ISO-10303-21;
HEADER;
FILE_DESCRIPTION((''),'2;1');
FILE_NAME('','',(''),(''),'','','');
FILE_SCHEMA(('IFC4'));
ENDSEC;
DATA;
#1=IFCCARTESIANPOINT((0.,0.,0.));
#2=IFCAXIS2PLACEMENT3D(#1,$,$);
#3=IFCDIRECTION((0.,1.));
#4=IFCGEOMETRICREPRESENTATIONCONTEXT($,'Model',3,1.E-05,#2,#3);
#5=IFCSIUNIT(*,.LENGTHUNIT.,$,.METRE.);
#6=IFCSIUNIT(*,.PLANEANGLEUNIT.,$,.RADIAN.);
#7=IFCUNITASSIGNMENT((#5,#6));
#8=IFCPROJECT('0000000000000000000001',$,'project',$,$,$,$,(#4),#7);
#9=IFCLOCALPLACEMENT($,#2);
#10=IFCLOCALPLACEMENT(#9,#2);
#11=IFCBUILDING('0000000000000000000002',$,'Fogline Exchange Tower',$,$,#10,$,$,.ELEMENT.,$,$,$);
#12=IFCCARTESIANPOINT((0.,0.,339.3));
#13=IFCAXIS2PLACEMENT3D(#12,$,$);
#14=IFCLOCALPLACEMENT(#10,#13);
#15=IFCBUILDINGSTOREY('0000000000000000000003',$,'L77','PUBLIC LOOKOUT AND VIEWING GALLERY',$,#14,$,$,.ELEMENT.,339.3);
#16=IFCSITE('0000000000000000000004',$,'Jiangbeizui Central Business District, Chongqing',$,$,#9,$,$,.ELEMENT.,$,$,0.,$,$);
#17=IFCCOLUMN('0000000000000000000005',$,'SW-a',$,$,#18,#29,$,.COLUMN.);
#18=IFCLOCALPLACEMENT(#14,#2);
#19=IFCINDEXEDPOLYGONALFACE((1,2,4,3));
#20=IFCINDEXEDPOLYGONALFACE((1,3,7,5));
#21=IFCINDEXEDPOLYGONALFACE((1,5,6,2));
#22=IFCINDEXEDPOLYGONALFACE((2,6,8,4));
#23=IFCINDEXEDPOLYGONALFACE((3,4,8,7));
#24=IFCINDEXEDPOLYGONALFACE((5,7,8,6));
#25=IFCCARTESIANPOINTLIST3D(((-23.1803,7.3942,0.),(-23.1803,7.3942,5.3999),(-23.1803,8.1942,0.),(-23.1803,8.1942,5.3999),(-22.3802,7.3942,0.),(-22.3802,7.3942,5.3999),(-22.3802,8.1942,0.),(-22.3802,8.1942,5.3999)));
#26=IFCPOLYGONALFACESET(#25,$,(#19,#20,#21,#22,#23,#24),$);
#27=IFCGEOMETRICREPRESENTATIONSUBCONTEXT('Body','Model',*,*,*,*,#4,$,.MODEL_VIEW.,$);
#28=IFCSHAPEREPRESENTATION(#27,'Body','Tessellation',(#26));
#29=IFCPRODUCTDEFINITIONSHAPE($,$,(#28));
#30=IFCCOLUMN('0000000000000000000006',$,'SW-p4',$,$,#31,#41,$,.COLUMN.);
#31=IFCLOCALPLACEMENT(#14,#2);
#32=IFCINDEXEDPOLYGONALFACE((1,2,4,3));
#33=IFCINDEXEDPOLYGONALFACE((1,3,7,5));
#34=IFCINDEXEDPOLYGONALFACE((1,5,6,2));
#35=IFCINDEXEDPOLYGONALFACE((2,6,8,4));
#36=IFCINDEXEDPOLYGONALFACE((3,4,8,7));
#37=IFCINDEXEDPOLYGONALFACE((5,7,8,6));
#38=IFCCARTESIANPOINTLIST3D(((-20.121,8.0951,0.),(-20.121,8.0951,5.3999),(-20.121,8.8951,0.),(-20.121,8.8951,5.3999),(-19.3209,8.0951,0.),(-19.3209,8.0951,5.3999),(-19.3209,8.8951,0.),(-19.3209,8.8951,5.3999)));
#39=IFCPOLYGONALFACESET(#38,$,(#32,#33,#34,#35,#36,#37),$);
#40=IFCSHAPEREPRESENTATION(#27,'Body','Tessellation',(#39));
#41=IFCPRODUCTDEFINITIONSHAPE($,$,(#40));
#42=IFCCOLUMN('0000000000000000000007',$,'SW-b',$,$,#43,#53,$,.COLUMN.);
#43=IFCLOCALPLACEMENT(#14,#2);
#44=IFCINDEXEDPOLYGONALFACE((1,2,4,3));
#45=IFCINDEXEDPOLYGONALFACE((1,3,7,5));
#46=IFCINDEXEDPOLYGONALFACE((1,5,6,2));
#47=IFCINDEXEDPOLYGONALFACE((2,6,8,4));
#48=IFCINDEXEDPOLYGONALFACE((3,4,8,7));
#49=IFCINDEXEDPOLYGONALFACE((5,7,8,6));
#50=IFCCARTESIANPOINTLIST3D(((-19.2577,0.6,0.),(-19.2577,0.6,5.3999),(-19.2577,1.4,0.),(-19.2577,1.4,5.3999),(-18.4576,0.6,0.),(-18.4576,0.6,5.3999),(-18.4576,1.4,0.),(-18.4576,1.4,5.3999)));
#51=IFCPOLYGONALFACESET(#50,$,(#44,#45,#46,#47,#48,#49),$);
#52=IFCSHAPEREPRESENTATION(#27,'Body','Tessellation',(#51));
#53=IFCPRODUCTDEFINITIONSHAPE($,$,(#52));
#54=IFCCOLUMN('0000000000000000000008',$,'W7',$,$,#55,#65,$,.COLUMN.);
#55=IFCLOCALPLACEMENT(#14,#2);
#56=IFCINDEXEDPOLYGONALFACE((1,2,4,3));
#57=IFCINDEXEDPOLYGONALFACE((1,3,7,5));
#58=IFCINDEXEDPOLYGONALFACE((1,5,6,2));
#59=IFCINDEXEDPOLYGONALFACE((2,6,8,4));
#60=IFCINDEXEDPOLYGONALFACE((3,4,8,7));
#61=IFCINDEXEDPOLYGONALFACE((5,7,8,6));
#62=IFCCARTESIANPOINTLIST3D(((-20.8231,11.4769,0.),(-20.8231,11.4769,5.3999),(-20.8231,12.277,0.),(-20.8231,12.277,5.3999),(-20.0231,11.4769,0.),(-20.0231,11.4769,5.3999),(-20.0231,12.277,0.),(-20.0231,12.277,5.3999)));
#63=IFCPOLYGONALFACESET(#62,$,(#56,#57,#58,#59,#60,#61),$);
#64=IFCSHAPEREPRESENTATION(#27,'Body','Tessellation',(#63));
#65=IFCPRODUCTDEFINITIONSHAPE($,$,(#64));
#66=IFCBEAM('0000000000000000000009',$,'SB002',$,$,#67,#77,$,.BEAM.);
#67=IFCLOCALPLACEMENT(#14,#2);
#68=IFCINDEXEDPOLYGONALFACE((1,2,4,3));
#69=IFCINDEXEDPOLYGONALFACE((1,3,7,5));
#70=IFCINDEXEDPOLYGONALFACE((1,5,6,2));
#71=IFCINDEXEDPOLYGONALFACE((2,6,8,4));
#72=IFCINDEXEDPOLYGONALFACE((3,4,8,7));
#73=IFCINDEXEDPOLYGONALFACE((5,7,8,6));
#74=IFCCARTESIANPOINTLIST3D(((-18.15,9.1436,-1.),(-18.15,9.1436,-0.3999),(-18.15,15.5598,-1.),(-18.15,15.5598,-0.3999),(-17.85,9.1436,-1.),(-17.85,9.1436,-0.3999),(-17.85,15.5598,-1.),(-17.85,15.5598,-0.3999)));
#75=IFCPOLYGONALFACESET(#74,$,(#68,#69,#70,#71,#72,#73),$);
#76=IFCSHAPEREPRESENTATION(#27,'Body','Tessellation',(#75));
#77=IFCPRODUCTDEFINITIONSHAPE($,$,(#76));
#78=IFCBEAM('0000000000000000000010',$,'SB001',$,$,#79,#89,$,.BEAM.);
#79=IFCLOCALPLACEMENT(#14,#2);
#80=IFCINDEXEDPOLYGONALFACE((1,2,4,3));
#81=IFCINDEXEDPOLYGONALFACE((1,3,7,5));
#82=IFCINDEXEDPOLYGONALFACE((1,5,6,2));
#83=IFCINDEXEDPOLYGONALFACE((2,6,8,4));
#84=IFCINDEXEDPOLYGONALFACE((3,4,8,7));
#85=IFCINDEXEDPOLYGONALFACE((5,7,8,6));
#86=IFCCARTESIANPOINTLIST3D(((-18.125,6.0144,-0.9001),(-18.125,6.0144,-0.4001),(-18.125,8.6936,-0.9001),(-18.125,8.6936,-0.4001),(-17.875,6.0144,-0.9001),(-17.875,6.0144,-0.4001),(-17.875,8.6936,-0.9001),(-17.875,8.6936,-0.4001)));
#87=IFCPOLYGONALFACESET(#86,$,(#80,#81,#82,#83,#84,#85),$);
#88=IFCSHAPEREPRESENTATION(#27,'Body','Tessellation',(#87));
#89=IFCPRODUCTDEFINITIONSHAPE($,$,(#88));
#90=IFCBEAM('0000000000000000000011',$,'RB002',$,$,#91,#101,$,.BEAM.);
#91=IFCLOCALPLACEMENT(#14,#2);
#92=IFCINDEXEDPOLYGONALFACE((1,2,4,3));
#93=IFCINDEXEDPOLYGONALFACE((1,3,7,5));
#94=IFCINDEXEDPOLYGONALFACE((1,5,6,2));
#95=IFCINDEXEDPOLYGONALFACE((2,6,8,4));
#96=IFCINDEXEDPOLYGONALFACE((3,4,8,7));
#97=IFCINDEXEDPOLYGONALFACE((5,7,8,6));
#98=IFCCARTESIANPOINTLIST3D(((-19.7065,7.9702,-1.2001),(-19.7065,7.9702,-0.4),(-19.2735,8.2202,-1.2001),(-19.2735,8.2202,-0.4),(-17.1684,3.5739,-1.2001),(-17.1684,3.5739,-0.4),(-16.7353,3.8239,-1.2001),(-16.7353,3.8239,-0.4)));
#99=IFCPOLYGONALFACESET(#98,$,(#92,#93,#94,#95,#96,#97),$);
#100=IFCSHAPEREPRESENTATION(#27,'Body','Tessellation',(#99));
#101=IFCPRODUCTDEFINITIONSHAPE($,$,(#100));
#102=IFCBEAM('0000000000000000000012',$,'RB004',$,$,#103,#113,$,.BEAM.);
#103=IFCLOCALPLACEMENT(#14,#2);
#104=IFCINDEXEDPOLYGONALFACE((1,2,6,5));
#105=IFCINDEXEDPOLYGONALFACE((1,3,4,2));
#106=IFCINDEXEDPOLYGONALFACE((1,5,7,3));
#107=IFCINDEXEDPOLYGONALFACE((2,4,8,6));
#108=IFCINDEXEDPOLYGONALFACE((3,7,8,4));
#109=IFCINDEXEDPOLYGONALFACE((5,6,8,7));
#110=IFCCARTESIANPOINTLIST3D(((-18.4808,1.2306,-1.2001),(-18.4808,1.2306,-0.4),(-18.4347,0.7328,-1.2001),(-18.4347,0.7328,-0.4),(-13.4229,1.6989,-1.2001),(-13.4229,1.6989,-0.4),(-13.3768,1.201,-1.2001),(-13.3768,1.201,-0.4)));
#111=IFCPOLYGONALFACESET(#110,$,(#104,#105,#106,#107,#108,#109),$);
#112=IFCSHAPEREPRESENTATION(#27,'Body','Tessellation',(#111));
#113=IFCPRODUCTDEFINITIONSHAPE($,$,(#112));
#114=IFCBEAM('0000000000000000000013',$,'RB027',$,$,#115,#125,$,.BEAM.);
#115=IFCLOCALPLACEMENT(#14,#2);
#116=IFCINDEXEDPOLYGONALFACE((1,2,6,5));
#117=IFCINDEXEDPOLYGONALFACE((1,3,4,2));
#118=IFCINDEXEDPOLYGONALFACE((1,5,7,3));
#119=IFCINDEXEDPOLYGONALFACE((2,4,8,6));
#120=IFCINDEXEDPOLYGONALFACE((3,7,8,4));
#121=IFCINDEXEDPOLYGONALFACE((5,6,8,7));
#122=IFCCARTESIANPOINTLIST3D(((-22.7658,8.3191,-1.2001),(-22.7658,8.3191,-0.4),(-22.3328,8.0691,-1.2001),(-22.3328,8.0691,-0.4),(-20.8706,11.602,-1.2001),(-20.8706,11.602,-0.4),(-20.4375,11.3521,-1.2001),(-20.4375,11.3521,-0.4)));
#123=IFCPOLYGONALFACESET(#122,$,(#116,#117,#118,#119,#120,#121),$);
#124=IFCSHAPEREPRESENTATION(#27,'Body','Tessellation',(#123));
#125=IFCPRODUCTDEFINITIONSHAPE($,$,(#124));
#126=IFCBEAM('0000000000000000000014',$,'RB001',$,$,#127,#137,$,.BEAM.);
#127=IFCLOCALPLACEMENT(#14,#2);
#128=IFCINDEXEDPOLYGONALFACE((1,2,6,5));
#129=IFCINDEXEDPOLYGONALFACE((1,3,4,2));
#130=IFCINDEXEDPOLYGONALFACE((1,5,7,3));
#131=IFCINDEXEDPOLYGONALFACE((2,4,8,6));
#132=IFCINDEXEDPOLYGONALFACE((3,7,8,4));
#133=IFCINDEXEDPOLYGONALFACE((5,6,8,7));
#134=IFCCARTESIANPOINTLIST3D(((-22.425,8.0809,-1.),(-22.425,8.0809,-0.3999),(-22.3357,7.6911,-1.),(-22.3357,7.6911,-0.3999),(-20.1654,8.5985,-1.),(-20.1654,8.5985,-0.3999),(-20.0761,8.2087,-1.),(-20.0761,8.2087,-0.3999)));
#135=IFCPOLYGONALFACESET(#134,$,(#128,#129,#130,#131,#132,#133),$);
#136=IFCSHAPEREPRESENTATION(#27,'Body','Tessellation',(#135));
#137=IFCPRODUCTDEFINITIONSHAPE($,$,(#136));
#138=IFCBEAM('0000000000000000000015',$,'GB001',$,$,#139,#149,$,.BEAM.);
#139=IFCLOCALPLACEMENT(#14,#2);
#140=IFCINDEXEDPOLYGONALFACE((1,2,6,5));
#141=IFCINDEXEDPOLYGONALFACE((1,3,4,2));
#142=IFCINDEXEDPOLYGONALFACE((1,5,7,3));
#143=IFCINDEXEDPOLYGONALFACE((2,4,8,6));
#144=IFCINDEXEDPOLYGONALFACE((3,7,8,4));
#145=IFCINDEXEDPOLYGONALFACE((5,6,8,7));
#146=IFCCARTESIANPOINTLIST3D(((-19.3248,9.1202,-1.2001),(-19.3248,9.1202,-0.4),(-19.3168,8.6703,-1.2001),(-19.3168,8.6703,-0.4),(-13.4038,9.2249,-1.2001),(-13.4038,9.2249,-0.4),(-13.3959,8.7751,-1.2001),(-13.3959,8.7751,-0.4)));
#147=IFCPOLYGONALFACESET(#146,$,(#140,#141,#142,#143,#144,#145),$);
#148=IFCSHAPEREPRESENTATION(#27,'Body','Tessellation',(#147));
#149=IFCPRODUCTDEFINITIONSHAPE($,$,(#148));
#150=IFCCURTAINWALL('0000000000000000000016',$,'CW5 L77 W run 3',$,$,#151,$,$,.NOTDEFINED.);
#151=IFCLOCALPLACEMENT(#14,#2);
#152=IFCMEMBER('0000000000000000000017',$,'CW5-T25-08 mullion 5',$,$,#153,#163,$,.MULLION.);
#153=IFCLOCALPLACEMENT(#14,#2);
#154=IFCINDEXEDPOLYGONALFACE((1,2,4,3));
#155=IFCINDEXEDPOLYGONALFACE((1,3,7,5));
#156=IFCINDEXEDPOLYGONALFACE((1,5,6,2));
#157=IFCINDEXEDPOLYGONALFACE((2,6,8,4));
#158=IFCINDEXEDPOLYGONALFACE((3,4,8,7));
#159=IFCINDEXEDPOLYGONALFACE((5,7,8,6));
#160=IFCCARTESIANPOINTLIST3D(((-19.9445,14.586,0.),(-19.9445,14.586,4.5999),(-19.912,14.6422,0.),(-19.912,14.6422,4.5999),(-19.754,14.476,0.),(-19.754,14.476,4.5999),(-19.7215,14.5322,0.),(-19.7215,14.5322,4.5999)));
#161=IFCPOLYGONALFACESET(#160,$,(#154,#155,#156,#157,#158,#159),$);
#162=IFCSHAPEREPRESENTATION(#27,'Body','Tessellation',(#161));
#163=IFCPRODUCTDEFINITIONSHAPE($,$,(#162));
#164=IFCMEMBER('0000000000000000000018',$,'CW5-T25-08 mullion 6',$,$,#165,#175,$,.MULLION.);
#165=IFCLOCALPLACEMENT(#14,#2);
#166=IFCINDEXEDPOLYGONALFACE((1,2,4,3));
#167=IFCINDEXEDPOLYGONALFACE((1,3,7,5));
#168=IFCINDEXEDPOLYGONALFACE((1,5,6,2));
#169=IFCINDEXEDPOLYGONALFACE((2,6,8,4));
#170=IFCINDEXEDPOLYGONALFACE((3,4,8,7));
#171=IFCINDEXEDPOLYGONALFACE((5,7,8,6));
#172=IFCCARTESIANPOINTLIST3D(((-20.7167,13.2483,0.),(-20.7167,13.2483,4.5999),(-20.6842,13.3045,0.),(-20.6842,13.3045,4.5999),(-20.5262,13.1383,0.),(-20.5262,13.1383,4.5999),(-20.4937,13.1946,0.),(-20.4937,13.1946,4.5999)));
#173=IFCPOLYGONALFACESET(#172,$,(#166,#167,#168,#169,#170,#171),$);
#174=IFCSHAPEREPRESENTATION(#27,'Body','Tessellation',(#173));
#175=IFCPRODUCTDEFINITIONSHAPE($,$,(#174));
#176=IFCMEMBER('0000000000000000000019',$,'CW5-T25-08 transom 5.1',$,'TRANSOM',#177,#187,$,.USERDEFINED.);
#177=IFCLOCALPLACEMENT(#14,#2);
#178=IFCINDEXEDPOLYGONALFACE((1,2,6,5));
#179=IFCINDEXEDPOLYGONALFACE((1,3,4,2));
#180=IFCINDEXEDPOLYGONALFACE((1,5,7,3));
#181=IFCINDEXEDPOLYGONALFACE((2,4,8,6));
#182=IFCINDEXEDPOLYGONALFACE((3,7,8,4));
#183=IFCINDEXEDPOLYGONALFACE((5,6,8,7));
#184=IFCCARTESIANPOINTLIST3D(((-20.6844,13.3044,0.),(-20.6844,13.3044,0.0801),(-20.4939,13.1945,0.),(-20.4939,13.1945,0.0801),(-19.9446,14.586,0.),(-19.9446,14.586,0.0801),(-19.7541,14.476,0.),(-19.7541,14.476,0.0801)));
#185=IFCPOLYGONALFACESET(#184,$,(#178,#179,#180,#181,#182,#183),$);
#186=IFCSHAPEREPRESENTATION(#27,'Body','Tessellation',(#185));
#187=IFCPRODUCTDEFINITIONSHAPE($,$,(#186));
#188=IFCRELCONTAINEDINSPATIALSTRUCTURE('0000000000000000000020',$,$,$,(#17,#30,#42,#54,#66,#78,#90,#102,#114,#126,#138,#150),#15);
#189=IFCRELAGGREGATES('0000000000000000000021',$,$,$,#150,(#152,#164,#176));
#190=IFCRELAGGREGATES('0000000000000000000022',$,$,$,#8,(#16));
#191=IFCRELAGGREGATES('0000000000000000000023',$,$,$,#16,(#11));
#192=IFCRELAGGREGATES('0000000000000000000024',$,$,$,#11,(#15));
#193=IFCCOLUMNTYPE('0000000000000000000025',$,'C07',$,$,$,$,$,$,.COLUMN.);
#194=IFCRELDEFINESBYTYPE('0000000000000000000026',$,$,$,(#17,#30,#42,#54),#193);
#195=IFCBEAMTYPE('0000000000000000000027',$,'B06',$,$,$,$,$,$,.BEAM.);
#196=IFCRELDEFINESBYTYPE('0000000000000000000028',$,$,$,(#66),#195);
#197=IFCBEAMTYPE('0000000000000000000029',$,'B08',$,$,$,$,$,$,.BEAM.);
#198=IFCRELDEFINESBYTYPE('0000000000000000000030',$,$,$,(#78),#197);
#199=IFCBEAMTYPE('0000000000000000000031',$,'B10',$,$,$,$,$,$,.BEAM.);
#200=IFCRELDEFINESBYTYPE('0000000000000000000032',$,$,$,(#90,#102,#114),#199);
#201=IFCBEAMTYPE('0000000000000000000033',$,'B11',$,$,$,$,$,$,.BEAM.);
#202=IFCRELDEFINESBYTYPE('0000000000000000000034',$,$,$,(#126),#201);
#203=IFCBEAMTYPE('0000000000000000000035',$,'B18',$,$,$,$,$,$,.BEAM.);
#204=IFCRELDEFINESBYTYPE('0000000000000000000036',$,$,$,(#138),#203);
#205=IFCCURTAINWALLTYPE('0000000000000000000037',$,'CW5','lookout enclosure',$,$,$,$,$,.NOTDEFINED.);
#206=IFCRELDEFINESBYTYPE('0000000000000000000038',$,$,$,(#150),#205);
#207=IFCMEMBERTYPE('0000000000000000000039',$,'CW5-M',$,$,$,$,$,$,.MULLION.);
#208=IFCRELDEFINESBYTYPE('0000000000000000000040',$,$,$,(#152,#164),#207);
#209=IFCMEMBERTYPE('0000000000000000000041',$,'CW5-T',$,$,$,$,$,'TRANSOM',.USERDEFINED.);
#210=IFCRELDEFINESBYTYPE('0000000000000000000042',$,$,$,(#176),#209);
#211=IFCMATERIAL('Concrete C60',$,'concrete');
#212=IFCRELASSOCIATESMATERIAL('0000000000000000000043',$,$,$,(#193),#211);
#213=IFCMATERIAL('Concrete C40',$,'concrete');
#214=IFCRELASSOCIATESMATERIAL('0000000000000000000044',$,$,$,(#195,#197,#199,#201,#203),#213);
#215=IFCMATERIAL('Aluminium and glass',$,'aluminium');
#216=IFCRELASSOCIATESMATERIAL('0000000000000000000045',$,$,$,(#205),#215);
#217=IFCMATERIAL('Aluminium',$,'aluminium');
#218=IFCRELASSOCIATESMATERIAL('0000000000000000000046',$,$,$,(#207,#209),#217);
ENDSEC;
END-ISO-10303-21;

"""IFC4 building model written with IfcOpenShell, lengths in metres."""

from ifc_helpers import new_model, si_unit, direction, frame, origin, origin_2d, place, context, subcontext, project, spatial, rectangle, extrude, material, material_profile, profile_set, type_object, element, aggregate, save


model = new_model("IFC4")

# Units and contexts
model_context = context("Model", 3, precision=1e-05, world=origin(), true_north=direction((0.0, 1.0)))
body_context = subcontext(model_context, "Body", "Model", "MODEL_VIEW")
ifc_project = project(units=[si_unit("LENGTHUNIT", "METRE"), si_unit("PLANEANGLEUNIT", "RADIAN")], contexts=[model_context])

# Site, building, storey
site_placement = place(None, origin())
site = spatial("IfcSite", under=ifc_project, at=site_placement, Name="Jiangbeizui Central Business District, Chongqing", CompositionType="ELEMENT", RefElevation=0.0)
building_placement = place(site_placement, origin())
building = spatial("IfcBuilding", under=site, at=building_placement, Name="Fogline Exchange Tower", CompositionType="ELEMENT")
storey_placement = place(building_placement, frame((0.0, 0.0, 339.3)))
storey = spatial("IfcBuildingStorey", under=building, at=storey_placement, Name="L77", Description="PUBLIC LOOKOUT AND VIEWING GALLERY", CompositionType="ELEMENT", Elevation=339.3)

# Columns
ifc_material_1 = material(Name="Concrete C60", Category="concrete")
ifc_material_profile_1 = material_profile(ifc_material_1, rectangle(XDim=0.8, YDim=0.8, at=origin_2d()), Name="RC 800x800")
ifc_profile_set_1 = profile_set([ifc_material_profile_1], Name="Concrete C60")
column_type = type_object("IfcColumnType", Name="C07", PredefinedType="COLUMN", material=ifc_profile_set_1)
for number, where, z_axis, x_axis, name in (
    (1, (-22.7803, 7.7942, 0.0), (0.0, 0.0, 1.0), (1.0, 0.0, 0.0), "SW-a"),
    (2, (-19.7209, 8.4951, 0.0), (0.0, 0.0, 1.0), (1.0, 0.0, 0.0), "SW-p4"),
    (3, (-18.8577, 1.0, 0.0), (0.0, 0.0, 1.0), (1.0, 0.0, 0.0), "SW-b"),
    (4, (-20.4231, 11.877, 0.0), (0.0, 0.0, 1.0), (1.0, 0.0, 0.0), "W7"),
):
    element("IfcColumn", number, at=place(storey_placement, frame(where, z_axis=z_axis, x_axis=x_axis)), inside=storey, type_object=column_type, Name=name, PredefinedType="COLUMN", context=body_context, shape_type="SweptSolid", body=[
        extrude(rectangle(XDim=0.8, YDim=0.8, at=origin_2d()), origin(), (0.0, 0.0, 1.0), 5.3999),
    ])

# Beams
ifc_material_2 = material(Name="Concrete C40", Category="concrete")
ifc_material_profile_2 = material_profile(ifc_material_2, rectangle(XDim=0.3, YDim=0.6001, at=origin_2d()), Name="RC 300x600")
ifc_profile_set_2 = profile_set([ifc_material_profile_2], Name="Concrete C40")
beam_type_1 = type_object("IfcBeamType", Name="B06", PredefinedType="BEAM", material=ifc_profile_set_2)
beam_1_placement = place(storey_placement, frame((-18.0, 9.1436, -0.7), z_axis=(0.0, 1.0, 0.0), x_axis=(-1.0, 0.0, 0.0)))
element("IfcBeam", 5, at=beam_1_placement, inside=storey, type_object=beam_type_1, Name="SB002", PredefinedType="BEAM", context=body_context, shape_type="SweptSolid", body=[
    extrude(rectangle(XDim=0.3, YDim=0.6001, at=origin_2d()), origin(), (0.0, 0.0, 1.0), 6.4163),
])
ifc_material_profile_3 = material_profile(ifc_material_2, rectangle(XDim=0.25, YDim=0.5, at=origin_2d()), Name="RC 250x500")
ifc_profile_set_3 = profile_set([ifc_material_profile_3], Name="Concrete C40")
beam_type_2 = type_object("IfcBeamType", Name="B08", PredefinedType="BEAM", material=ifc_profile_set_3)
beam_2_placement = place(storey_placement, frame((-18.0, 6.0144, -0.6501), z_axis=(0.0, 1.0, 0.0), x_axis=(-1.0, 0.0, 0.0)))
element("IfcBeam", 6, at=beam_2_placement, inside=storey, type_object=beam_type_2, Name="SB001", PredefinedType="BEAM", context=body_context, shape_type="SweptSolid", body=[
    extrude(rectangle(XDim=0.25, YDim=0.5, at=origin_2d()), origin(), (0.0, 0.0, 1.0), 2.6792),
])
ifc_material_profile_4 = material_profile(ifc_material_2, rectangle(XDim=0.5, YDim=0.8, at=origin_2d()), Name="RC 500x800")
ifc_profile_set_4 = profile_set([ifc_material_profile_4], Name="Concrete C40")
beam_type_3 = type_object("IfcBeamType", Name="B10", PredefinedType="BEAM", material=ifc_profile_set_4)
beam_3_placement = place(storey_placement, frame((-19.49, 8.0952, -0.8), z_axis=(0.499988, -0.866033, 0.0), x_axis=(0.866033, 0.499988, 0.0)))
element("IfcBeam", 7, at=beam_3_placement, inside=storey, type_object=beam_type_3, Name="RB002", PredefinedType="BEAM", context=body_context, shape_type="SweptSolid", body=[
    extrude(rectangle(XDim=0.5, YDim=0.8, at=origin_2d()), origin(), (0.0, 0.0, 1.0), 5.0764),
])
beam_4_placement = place(storey_placement, frame((-18.4578, 0.9817, -0.8), z_axis=(0.995742, 0.092187, 0.0), x_axis=(-0.092187, 0.995742, 0.0)))
element("IfcBeam", 8, at=beam_4_placement, inside=storey, type_object=beam_type_3, Name="RB004", PredefinedType="BEAM", context=body_context, shape_type="SweptSolid", body=[
    extrude(rectangle(XDim=0.5, YDim=0.8, at=origin_2d()), origin(), (0.0, 0.0, 1.0), 5.0796),
])
beam_5_placement = place(storey_placement, frame((-20.6541, 11.4771, -0.8), z_axis=(-0.49997, -0.866043, 0.0), x_axis=(0.866043, -0.49997, 0.0)))
element("IfcBeam", 9, at=beam_5_placement, inside=storey, type_object=beam_type_3, Name="RB027", PredefinedType="BEAM", context=body_context, shape_type="SweptSolid", body=[
    extrude(rectangle(XDim=0.5, YDim=0.8, at=origin_2d()), origin(), (0.0, 0.0, 1.0), 3.7908),
])
ifc_material_profile_5 = material_profile(ifc_material_2, rectangle(XDim=0.3999, YDim=0.6001, at=origin_2d()), Name="RC 400x600")
ifc_profile_set_5 = profile_set([ifc_material_profile_5], Name="Concrete C40")
beam_type_4 = type_object("IfcBeamType", Name="B11", PredefinedType="BEAM", material=ifc_profile_set_5)
beam_6_placement = place(storey_placement, frame((-22.3804, 7.886, -0.7), z_axis=(0.974754, 0.223282, 0.0), x_axis=(-0.223282, 0.974754, 0.0)))
element("IfcBeam", 10, at=beam_6_placement, inside=storey, type_object=beam_type_4, Name="RB001", PredefinedType="BEAM", context=body_context, shape_type="SweptSolid", body=[
    extrude(rectangle(XDim=0.3999, YDim=0.6001, at=origin_2d()), origin(), (0.0, 0.0, 1.0), 2.3181),
])
ifc_material_profile_6 = material_profile(ifc_material_2, rectangle(XDim=0.45, YDim=0.8, at=origin_2d()), Name="RC 450x800")
ifc_profile_set_6 = profile_set([ifc_material_profile_6], Name="Concrete C40")
beam_type_5 = type_object("IfcBeamType", Name="B18", PredefinedType="BEAM", material=ifc_profile_set_6)
beam_7_placement = place(storey_placement, frame((-19.3208, 8.8953, -0.8), z_axis=(0.999844, 0.017686, 0.0), x_axis=(-0.017686, 0.999844, 0.0)))
element("IfcBeam", 11, at=beam_7_placement, inside=storey, type_object=beam_type_5, Name="GB001", PredefinedType="BEAM", context=body_context, shape_type="SweptSolid", body=[
    extrude(rectangle(XDim=0.45, YDim=0.8, at=origin_2d()), origin(), (0.0, 0.0, 1.0), 5.9219),
])

# Curtain wall, members
ifc_material_3 = material(Name="Aluminium and glass", Category="aluminium")
curtain_wall_type = type_object("IfcCurtainWallType", Name="CW5", Description="lookout enclosure", PredefinedType="NOTDEFINED", material=ifc_material_3)
curtain_wall_placement = place(storey_placement, origin())
curtain_wall = element("IfcCurtainWall", 12, at=curtain_wall_placement, inside=storey, type_object=curtain_wall_type, Name="CW5 L77 W run 3", PredefinedType="NOTDEFINED")
ifc_material_4 = material(Name="Aluminium", Category="aluminium")
ifc_material_profile_7 = material_profile(ifc_material_4, rectangle(XDim=0.22, YDim=0.0649, at=origin_2d()), Name="Mullion 65x220")
ifc_profile_set_7 = profile_set([ifc_material_profile_7], Name="Aluminium")
member_type_1 = type_object("IfcMemberType", Name="CW5-M", PredefinedType="MULLION", material=ifc_profile_set_7)
member_1_placement = place(storey_placement, frame((-19.833, 14.5591, 0.0), z_axis=(0.0, 0.0, 1.0), x_axis=(0.866025, -0.5, 0.0)))
member_1 = element("IfcMember", 13, at=member_1_placement, type_object=member_type_1, Name="CW5-T25-08 mullion 5", PredefinedType="MULLION", context=body_context, shape_type="SweptSolid", body=[
    extrude(rectangle(XDim=0.22, YDim=0.0649, at=origin_2d()), origin(), (0.0, 0.0, 1.0), 4.5999),
])
member_2_placement = place(storey_placement, frame((-20.6052, 13.2214, 0.0), z_axis=(0.0, 0.0, 1.0), x_axis=(0.866025, -0.5, 0.0)))
member_2 = element("IfcMember", 14, at=member_2_placement, type_object=member_type_1, Name="CW5-T25-08 mullion 6", PredefinedType="MULLION", context=body_context, shape_type="SweptSolid", body=[
    extrude(rectangle(XDim=0.22, YDim=0.0649, at=origin_2d()), origin(), (0.0, 0.0, 1.0), 4.5999),
])
ifc_material_profile_8 = material_profile(ifc_material_4, rectangle(XDim=0.22, YDim=0.0801, at=origin_2d()), Name="Transom 80x220")
ifc_profile_set_8 = profile_set([ifc_material_profile_8], Name="Aluminium")
member_type_2 = type_object("IfcMemberType", Name="CW5-T", ElementType="TRANSOM", PredefinedType="USERDEFINED", material=ifc_profile_set_8)
member_3_placement = place(storey_placement, frame((-19.8494, 14.531, 0.04), z_axis=(-0.499937, -0.866062, 0.0), x_axis=(0.866062, -0.499937, 0.0)))
member_3 = element("IfcMember", 15, at=member_3_placement, type_object=member_type_2, Name="CW5-T25-08 transom 5.1", ObjectType="TRANSOM", PredefinedType="USERDEFINED", context=body_context, shape_type="SweptSolid", body=[
    extrude(rectangle(XDim=0.22, YDim=0.0801, at=origin_2d()), origin(), (0.0, 0.0, 1.0), 1.4797),
])
aggregate(curtain_wall, [member_1, member_2, member_3])

save(model, "model.ifc")
